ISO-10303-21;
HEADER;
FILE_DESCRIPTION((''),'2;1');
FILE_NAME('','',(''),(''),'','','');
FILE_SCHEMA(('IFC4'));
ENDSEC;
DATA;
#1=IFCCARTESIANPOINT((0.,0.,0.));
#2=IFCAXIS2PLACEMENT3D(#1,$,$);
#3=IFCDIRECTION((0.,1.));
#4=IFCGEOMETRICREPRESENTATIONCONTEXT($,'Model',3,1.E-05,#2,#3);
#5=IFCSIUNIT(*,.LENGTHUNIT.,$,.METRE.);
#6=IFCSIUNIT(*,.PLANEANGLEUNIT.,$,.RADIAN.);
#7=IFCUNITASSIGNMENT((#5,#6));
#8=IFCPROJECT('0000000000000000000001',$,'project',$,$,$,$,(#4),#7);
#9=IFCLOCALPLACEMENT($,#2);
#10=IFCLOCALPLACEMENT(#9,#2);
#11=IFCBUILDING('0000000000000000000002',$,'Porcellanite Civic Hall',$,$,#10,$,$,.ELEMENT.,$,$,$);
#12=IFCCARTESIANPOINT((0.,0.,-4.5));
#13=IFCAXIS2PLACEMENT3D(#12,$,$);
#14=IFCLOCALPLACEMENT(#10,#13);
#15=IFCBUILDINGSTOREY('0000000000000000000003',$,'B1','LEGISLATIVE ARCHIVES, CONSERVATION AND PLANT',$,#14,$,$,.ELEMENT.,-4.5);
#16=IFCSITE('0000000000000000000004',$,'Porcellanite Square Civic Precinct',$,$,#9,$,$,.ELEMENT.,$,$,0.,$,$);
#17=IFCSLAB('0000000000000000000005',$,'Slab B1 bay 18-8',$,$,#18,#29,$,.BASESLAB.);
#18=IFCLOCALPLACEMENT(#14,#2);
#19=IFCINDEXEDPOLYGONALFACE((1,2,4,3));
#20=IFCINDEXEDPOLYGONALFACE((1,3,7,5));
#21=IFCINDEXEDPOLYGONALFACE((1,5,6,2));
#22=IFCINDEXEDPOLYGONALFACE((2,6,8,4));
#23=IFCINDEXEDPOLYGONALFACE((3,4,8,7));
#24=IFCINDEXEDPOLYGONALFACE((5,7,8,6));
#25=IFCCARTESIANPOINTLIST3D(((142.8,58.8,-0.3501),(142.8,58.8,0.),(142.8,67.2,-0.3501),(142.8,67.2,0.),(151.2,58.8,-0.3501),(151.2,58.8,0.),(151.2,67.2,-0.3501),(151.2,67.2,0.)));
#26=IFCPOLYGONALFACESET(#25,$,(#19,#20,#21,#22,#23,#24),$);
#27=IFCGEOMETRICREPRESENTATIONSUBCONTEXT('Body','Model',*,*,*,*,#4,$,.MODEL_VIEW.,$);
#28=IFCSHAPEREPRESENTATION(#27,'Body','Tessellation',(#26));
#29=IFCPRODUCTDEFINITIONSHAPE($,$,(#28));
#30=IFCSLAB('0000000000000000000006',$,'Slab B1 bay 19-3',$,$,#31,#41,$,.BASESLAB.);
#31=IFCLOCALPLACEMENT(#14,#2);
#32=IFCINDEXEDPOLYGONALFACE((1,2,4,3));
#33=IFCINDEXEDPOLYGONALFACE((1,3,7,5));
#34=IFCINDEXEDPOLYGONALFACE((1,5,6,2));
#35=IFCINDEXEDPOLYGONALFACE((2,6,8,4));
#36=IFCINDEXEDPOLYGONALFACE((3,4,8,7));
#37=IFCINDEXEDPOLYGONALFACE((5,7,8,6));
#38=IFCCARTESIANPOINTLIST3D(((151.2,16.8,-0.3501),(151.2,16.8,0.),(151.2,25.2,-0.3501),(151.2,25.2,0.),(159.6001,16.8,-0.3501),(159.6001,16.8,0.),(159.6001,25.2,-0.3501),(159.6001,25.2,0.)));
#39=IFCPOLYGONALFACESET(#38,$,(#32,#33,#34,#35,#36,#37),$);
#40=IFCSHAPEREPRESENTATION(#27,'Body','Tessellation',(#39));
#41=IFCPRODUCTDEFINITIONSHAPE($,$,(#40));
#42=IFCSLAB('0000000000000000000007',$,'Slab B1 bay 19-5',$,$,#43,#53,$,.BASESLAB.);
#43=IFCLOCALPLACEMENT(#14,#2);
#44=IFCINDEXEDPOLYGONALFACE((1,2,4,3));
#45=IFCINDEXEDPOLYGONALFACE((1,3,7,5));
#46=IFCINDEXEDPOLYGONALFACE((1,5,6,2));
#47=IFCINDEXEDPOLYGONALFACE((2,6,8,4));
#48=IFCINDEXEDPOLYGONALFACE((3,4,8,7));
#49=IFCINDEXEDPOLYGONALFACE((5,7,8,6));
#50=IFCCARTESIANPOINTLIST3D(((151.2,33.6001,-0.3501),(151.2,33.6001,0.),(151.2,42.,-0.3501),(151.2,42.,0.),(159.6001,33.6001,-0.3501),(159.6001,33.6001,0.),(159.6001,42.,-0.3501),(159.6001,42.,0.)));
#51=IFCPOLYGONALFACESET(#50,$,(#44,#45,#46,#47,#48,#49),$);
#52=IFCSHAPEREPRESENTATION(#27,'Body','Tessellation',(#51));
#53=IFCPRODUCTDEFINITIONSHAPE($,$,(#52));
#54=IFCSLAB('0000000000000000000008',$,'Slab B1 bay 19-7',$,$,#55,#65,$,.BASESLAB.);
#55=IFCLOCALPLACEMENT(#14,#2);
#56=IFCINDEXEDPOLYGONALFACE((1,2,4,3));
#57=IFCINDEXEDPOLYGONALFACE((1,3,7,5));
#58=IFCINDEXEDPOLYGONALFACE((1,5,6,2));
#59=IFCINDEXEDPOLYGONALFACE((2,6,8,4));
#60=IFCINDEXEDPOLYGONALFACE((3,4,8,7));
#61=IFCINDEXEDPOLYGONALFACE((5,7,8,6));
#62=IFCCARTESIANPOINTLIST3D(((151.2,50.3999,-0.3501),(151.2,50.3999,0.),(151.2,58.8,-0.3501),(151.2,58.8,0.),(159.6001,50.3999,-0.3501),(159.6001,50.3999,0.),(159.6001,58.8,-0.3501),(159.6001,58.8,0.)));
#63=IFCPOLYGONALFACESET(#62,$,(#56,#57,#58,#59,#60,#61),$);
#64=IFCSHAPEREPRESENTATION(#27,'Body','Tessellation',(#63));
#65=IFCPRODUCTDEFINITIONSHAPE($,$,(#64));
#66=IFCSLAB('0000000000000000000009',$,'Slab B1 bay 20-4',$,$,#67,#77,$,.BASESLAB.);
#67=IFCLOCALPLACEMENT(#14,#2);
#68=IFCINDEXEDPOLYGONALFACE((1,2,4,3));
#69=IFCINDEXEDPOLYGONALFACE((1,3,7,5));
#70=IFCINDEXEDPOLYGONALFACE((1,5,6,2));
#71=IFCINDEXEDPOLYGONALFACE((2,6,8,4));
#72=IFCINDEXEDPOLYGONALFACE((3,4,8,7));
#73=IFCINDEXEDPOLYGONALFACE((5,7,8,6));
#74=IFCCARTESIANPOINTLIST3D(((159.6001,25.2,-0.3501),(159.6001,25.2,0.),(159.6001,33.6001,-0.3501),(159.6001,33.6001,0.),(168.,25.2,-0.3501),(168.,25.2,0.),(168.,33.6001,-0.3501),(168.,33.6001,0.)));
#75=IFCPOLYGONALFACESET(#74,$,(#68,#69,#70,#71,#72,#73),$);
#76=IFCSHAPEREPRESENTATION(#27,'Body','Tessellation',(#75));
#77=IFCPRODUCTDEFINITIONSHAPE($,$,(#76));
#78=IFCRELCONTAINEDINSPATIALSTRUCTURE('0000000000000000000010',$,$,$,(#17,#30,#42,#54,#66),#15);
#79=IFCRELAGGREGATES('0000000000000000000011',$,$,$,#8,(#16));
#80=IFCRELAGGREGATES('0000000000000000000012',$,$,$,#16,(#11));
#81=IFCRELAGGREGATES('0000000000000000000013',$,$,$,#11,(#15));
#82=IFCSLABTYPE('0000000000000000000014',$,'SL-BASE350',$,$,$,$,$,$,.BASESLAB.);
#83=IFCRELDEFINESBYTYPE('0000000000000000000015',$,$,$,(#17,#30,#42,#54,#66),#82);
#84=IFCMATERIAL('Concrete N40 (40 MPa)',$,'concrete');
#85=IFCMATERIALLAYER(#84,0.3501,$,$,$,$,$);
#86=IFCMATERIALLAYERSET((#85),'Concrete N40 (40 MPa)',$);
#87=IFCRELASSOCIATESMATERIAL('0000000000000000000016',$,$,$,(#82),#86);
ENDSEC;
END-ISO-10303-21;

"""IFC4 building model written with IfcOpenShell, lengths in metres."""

from ifc_helpers import new_model, si_unit, direction, frame, origin, place, context, subcontext, project, spatial, polyline, outline, extrude, material, layer, layer_set, type_object, element, save


model = new_model("IFC4")

# Units and contexts
model_context = context("Model", 3, precision=1e-05, world=origin(), true_north=direction((0.0, 1.0)))
body_context = subcontext(model_context, "Body", "Model", "MODEL_VIEW")
ifc_project = project(units=[si_unit("LENGTHUNIT", "METRE"), si_unit("PLANEANGLEUNIT", "RADIAN")], contexts=[model_context])

# Site, building, storey
site_placement = place(None, origin())
site = spatial("IfcSite", under=ifc_project, at=site_placement, Name="Porcellanite Square Civic Precinct", CompositionType="ELEMENT", RefElevation=0.0)
building_placement = place(site_placement, origin())
building = spatial("IfcBuilding", under=site, at=building_placement, Name="Porcellanite Civic Hall", CompositionType="ELEMENT")
storey_placement = place(building_placement, frame((0.0, 0.0, -4.5)))
storey = spatial("IfcBuildingStorey", under=building, at=storey_placement, Name="B1", Description="LEGISLATIVE ARCHIVES, CONSERVATION AND PLANT", CompositionType="ELEMENT", Elevation=-4.5)

# Slabs
ifc_material_1 = material(Name="Concrete N40 (40 MPa)", Category="concrete")
ifc_layer_1 = layer(ifc_material_1, 0.3501)
ifc_layer_set_1 = layer_set([ifc_layer_1], Name="Concrete N40 (40 MPa)")
slab_type_1 = type_object("IfcSlabType", Name="SL-BASE350", PredefinedType="BASESLAB", material=ifc_layer_set_1)
slab_1_placement = place(storey_placement, frame((0.0, 0.0, -0.3501)))
element("IfcSlab", 1, at=slab_1_placement, inside=storey, type_object=slab_type_1, Name="Slab B1 bay 18-8", PredefinedType="BASESLAB", context=body_context, shape_type="SweptSolid", body=[
    extrude(outline(polyline([(142.8, 58.8), (151.2, 58.8), (151.2, 67.2), (142.8, 67.2), (142.8, 58.8)])), origin(), (0.0, 0.0, 1.0), 0.3501),
])
slab_2_placement = place(storey_placement, frame((0.0, 0.0, -0.3501)))
element("IfcSlab", 2, at=slab_2_placement, inside=storey, type_object=slab_type_1, Name="Slab B1 bay 19-3", PredefinedType="BASESLAB", context=body_context, shape_type="SweptSolid", body=[
    extrude(outline(polyline([(151.2, 16.8), (159.6001, 16.8), (159.6001, 25.2), (151.2, 25.2), (151.2, 16.8)])), origin(), (0.0, 0.0, 1.0), 0.3501),
])
slab_3_placement = place(storey_placement, frame((0.0, 0.0, -0.3501)))
element("IfcSlab", 3, at=slab_3_placement, inside=storey, type_object=slab_type_1, Name="Slab B1 bay 19-5", PredefinedType="BASESLAB", context=body_context, shape_type="SweptSolid", body=[
    extrude(outline(polyline([(151.2, 33.6001), (159.6001, 33.6001), (159.6001, 42.0), (151.2, 42.0), (151.2, 33.6001)])), origin(), (0.0, 0.0, 1.0), 0.3501),
])
slab_4_placement = place(storey_placement, frame((0.0, 0.0, -0.3501)))
element("IfcSlab", 4, at=slab_4_placement, inside=storey, type_object=slab_type_1, Name="Slab B1 bay 19-7", PredefinedType="BASESLAB", context=body_context, shape_type="SweptSolid", body=[
    extrude(outline(polyline([(151.2, 50.3999), (159.6001, 50.3999), (159.6001, 58.8), (151.2, 58.8), (151.2, 50.3999)])), origin(), (0.0, 0.0, 1.0), 0.3501),
])
slab_5_placement = place(storey_placement, frame((0.0, 0.0, -0.3501)))
element("IfcSlab", 5, at=slab_5_placement, inside=storey, type_object=slab_type_1, Name="Slab B1 bay 20-4", PredefinedType="BASESLAB", context=body_context, shape_type="SweptSolid", body=[
    extrude(outline(polyline([(159.6001, 25.2), (168.0, 25.2), (168.0, 33.6001), (159.6001, 33.6001), (159.6001, 25.2)])), origin(), (0.0, 0.0, 1.0), 0.3501),
])

save(model, "model.ifc")
